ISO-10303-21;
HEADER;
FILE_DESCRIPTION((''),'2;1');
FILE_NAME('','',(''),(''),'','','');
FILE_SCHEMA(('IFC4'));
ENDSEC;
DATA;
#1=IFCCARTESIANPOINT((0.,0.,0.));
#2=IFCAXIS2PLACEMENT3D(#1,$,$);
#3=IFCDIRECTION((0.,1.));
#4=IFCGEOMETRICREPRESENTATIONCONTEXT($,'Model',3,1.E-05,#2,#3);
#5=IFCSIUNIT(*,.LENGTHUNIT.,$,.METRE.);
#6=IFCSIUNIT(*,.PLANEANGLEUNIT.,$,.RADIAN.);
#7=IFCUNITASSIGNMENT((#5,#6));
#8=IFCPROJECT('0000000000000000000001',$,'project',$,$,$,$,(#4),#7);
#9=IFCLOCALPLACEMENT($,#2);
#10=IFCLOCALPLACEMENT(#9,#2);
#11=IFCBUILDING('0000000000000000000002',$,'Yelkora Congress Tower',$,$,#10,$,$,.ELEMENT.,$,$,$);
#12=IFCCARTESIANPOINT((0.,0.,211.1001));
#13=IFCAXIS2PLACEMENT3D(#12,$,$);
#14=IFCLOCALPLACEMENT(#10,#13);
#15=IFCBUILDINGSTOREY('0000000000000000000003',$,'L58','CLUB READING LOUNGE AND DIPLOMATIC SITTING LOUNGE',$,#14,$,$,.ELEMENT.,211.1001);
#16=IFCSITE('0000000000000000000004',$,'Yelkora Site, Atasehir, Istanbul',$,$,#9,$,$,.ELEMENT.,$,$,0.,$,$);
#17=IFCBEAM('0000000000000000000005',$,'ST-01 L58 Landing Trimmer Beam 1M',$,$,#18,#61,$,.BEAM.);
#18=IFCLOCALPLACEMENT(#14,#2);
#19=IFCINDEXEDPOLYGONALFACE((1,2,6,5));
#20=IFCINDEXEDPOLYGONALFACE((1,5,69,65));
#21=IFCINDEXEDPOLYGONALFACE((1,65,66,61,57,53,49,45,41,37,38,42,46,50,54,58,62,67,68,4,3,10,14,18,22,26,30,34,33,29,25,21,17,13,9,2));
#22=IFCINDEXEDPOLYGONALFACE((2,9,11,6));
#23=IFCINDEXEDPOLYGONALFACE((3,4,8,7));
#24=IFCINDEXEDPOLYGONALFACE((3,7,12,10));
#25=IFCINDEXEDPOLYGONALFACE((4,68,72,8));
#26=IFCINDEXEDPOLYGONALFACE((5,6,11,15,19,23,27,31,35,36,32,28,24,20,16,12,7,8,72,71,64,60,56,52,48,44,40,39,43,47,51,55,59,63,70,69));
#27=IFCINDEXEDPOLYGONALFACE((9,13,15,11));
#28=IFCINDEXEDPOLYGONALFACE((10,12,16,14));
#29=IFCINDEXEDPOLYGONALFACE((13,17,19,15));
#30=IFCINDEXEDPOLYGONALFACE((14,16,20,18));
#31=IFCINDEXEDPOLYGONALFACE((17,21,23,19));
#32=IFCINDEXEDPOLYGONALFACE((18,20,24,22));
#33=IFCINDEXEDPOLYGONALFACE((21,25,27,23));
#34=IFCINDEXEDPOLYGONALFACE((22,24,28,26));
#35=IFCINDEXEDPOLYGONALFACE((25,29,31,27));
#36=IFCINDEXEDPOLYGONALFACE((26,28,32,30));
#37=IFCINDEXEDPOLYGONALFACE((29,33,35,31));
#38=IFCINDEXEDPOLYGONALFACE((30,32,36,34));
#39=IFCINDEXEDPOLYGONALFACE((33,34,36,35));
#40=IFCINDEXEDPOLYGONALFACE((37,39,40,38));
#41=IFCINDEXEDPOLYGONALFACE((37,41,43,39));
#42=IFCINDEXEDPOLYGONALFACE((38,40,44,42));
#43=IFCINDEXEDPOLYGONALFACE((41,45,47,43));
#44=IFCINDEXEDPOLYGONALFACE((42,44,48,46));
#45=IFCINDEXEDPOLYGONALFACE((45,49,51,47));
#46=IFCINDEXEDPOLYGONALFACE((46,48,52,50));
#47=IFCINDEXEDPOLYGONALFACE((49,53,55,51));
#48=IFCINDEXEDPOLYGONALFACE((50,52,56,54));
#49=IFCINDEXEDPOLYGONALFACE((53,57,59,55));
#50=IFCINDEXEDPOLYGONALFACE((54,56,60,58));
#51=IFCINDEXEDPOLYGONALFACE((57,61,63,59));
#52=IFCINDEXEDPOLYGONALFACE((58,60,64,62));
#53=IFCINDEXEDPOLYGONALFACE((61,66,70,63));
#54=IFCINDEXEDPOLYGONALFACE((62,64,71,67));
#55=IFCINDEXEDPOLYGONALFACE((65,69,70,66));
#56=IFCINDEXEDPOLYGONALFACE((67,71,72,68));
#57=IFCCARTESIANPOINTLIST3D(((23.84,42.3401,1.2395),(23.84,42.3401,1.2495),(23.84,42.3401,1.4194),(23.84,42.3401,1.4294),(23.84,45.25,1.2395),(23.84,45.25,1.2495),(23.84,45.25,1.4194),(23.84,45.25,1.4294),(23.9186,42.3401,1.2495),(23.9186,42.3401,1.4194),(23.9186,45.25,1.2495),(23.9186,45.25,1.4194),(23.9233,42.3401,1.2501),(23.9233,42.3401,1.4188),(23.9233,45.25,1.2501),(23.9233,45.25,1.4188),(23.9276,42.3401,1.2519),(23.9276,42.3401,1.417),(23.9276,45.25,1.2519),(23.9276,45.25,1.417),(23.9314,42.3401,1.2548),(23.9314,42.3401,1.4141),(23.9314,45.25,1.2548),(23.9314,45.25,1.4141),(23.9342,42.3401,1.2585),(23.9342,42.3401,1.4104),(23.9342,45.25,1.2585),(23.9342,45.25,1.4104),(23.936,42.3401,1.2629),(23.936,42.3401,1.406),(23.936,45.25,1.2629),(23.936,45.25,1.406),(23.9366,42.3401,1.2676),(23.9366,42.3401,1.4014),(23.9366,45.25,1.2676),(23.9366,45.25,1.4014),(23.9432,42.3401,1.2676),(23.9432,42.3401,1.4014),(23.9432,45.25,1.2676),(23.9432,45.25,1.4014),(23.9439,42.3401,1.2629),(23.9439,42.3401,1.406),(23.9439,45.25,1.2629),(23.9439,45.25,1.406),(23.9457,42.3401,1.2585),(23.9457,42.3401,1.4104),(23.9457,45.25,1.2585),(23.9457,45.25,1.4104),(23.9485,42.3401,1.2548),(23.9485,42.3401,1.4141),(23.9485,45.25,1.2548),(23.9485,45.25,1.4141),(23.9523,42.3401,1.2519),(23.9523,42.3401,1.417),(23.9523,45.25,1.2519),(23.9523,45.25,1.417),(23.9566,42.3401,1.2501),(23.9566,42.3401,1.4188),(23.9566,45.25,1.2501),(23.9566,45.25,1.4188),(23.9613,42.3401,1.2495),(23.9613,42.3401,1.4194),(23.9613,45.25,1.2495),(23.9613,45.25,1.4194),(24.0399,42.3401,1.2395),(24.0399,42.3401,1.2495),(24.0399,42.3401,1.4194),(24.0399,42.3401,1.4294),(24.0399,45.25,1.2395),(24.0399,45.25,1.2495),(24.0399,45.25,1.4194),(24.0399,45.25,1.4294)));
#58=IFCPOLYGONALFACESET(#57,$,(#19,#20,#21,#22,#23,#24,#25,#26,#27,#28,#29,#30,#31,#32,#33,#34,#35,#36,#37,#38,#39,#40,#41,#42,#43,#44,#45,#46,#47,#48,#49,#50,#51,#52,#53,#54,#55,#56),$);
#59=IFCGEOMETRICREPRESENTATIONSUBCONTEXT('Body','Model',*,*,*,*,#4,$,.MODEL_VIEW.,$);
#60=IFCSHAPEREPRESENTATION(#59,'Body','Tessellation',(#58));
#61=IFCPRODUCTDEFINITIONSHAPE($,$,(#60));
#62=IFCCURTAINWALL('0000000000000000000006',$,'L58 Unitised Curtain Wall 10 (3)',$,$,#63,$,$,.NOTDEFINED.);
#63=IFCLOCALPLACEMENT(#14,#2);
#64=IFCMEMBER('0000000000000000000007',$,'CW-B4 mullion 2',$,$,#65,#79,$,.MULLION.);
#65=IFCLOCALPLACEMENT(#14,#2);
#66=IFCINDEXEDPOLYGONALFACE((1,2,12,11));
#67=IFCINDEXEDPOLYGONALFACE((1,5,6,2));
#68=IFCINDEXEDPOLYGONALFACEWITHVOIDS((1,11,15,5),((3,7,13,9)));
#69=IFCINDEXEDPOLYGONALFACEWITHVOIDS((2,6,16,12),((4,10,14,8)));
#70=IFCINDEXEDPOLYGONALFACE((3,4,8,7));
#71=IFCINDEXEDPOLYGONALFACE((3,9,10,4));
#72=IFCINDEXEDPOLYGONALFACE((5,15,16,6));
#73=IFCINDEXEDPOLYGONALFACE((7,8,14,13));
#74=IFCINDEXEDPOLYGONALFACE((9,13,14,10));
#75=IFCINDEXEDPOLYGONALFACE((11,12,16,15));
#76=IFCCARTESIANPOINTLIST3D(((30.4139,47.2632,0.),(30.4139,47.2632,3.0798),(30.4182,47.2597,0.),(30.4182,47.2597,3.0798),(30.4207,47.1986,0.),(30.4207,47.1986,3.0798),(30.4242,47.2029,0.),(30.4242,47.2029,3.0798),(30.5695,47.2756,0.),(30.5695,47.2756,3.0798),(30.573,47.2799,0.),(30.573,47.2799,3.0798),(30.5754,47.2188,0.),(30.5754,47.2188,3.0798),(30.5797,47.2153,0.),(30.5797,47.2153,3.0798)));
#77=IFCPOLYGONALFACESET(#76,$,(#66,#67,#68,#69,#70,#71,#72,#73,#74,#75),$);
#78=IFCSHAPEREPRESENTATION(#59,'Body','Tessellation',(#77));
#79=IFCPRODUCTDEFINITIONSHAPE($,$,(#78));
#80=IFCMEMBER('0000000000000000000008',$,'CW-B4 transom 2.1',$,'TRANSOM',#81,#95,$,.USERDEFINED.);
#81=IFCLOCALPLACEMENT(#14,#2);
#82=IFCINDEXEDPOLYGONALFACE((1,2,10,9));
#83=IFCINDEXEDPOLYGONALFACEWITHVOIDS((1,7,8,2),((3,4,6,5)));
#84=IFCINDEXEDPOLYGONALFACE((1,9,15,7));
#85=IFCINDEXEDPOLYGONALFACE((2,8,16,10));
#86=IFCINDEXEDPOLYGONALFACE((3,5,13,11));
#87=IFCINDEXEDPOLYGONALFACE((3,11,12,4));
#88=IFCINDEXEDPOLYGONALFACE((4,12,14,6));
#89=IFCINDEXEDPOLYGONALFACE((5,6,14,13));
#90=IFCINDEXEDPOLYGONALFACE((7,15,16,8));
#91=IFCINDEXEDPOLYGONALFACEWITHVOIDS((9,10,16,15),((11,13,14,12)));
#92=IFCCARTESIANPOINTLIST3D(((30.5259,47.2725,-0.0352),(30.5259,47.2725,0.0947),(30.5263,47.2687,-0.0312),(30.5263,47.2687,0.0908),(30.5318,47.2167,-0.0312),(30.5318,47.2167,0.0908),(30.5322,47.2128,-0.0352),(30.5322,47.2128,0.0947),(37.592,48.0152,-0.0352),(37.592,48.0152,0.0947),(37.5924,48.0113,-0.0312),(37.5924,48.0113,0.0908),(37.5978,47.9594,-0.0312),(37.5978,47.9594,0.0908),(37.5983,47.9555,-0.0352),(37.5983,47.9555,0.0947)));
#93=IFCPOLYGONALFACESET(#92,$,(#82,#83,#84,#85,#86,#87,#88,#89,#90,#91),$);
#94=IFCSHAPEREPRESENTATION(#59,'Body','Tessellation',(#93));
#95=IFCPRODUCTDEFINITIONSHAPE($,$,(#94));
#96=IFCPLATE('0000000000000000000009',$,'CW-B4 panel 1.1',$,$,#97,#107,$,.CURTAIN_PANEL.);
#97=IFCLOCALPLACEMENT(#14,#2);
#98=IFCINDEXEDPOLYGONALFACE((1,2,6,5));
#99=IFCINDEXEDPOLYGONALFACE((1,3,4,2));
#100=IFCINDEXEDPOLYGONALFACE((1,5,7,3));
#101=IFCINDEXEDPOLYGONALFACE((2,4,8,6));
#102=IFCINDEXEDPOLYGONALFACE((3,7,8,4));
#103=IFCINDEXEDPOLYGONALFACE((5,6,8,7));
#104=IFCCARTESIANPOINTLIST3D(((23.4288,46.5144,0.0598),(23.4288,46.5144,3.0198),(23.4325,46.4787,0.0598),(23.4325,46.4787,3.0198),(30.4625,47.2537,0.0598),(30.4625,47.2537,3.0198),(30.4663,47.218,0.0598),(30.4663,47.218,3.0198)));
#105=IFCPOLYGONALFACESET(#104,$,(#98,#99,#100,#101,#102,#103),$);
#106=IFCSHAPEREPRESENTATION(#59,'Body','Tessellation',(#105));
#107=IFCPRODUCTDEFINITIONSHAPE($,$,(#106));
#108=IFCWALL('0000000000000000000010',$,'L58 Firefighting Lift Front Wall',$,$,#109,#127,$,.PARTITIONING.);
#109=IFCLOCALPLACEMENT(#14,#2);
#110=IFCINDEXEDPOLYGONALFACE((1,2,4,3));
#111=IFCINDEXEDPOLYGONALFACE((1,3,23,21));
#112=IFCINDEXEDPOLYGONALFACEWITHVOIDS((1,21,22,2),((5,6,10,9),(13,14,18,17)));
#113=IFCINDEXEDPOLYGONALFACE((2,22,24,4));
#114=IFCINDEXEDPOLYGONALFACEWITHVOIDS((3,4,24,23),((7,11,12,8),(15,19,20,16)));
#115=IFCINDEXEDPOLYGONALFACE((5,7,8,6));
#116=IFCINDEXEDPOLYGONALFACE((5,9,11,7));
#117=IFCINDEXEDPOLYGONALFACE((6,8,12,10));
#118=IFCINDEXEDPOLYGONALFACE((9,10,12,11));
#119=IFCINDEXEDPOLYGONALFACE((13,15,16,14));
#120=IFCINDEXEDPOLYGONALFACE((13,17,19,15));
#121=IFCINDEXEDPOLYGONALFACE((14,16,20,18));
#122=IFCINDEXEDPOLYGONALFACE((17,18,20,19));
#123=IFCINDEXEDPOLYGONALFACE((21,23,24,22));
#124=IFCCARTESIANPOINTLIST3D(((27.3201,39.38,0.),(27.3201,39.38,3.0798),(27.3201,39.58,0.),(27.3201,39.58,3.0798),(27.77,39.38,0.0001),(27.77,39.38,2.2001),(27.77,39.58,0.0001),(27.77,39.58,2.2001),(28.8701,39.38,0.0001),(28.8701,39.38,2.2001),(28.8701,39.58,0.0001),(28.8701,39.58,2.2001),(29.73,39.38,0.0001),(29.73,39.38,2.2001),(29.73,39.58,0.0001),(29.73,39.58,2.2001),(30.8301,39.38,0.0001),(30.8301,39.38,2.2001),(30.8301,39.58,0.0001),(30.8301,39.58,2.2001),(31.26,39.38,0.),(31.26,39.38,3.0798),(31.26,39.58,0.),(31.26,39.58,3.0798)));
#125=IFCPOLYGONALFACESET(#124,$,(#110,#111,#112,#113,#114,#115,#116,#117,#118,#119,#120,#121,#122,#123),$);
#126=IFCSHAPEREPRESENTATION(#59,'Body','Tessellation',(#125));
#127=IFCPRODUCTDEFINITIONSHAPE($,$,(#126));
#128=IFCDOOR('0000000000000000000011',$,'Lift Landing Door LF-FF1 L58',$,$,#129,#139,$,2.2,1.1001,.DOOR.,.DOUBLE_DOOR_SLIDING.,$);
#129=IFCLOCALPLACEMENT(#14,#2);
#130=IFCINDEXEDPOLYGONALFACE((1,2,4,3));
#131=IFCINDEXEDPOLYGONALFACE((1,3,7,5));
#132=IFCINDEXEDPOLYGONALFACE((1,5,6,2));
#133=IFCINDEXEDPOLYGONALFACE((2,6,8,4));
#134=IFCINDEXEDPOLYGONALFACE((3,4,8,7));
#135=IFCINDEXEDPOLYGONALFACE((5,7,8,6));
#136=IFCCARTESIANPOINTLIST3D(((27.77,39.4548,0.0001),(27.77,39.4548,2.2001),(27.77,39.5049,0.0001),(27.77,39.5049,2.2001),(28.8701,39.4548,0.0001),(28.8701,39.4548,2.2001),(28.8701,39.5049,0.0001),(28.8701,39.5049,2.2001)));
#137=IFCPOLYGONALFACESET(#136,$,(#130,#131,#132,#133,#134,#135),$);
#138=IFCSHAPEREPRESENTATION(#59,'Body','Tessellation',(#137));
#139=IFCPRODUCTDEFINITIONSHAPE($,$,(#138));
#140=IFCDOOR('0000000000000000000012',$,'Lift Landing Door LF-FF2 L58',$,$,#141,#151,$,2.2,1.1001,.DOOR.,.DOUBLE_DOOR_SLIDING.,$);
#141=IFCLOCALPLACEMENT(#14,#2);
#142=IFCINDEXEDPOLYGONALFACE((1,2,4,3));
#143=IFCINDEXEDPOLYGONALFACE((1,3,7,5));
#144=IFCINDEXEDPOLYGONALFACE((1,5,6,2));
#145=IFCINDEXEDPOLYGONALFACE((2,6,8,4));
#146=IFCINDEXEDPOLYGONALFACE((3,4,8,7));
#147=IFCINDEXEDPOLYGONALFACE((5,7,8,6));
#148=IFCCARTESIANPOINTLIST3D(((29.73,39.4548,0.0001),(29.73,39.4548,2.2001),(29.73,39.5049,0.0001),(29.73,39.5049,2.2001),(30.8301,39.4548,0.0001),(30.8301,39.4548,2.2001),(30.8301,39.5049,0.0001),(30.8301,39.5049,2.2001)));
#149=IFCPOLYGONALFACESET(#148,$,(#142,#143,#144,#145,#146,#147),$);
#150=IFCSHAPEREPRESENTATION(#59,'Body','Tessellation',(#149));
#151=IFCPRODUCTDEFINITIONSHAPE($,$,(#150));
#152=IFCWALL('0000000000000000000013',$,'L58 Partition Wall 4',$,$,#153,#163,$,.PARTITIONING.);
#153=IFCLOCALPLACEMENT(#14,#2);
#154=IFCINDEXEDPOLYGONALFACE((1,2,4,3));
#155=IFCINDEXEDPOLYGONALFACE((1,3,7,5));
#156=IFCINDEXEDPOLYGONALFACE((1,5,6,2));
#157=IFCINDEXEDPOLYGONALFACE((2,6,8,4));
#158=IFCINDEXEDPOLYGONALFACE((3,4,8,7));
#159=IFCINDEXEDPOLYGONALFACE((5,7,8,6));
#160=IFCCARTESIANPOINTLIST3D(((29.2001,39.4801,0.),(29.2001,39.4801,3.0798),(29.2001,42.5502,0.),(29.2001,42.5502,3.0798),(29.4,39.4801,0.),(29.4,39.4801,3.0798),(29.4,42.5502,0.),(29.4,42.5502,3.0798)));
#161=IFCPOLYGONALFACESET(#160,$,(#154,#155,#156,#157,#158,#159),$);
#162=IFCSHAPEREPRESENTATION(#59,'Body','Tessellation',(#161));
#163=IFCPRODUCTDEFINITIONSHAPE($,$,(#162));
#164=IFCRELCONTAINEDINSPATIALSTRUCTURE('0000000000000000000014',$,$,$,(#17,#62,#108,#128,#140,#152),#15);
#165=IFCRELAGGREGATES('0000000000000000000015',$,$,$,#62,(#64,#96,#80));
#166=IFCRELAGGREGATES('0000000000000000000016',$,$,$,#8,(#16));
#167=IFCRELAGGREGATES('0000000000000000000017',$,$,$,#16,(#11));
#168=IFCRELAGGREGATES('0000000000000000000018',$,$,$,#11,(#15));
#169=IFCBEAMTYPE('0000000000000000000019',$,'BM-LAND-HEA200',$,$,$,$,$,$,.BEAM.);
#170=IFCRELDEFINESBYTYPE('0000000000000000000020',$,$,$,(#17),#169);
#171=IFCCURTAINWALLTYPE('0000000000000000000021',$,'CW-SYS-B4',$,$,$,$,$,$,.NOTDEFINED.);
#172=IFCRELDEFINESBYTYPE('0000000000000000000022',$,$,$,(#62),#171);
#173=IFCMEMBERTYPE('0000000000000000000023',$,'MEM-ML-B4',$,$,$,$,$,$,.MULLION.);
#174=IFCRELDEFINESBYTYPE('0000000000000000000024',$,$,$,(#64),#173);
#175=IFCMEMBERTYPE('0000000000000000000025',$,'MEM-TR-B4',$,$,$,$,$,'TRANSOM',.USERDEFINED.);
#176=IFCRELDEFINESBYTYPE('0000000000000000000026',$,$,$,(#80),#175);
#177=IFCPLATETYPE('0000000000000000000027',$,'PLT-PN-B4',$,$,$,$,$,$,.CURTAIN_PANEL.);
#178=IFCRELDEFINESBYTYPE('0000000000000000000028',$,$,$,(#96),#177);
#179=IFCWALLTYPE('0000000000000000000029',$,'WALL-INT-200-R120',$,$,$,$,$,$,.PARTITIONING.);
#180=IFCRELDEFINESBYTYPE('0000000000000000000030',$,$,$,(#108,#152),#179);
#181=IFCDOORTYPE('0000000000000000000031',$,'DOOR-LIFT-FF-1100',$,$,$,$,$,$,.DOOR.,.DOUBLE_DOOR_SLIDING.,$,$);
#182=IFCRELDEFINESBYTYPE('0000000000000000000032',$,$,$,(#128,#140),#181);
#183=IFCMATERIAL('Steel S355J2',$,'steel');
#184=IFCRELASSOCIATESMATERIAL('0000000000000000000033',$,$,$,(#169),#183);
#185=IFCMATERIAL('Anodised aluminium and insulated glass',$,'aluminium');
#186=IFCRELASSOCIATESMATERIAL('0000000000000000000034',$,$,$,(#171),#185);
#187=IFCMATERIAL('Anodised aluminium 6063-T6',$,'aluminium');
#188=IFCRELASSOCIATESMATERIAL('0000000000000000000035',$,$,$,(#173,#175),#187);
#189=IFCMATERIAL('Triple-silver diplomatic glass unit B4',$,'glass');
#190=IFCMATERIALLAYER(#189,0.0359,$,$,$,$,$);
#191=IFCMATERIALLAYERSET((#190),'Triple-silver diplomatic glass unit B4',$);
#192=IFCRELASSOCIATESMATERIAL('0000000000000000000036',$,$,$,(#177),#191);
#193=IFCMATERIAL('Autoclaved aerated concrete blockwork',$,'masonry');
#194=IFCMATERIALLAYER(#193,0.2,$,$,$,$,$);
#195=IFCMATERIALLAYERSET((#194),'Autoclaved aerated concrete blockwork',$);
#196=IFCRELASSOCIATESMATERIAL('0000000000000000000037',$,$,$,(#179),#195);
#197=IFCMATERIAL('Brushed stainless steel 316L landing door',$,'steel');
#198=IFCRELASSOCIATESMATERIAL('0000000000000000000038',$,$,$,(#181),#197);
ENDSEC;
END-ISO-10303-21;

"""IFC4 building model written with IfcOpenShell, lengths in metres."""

from ifc_helpers import new_model, si_unit, direction, frame, frame_2d, origin, origin_2d, place, context, subcontext, project, spatial, rectangle, hollow_rectangle, i_section, extrude, material, layer, layer_set, material_profile, profile_set, type_object, element, fill, aggregate, save


model = new_model("IFC4")

# Units and contexts
model_context = context("Model", 3, precision=1e-05, world=origin(), true_north=direction((0.0, 1.0)))
body_context = subcontext(model_context, "Body", "Model", "MODEL_VIEW")
ifc_project = project(units=[si_unit("LENGTHUNIT", "METRE"), si_unit("PLANEANGLEUNIT", "RADIAN")], contexts=[model_context])

# Site, building, storey
site_placement = place(None, origin())
site = spatial("IfcSite", under=ifc_project, at=site_placement, Name="Yelkora Site, Atasehir, Istanbul", CompositionType="ELEMENT", RefElevation=0.0)
building_placement = place(site_placement, origin())
building = spatial("IfcBuilding", under=site, at=building_placement, Name="Yelkora Congress Tower", CompositionType="ELEMENT")
storey_placement = place(building_placement, frame((0.0, 0.0, 211.1001)))
storey = spatial("IfcBuildingStorey", under=building, at=storey_placement, Name="L58", Description="CLUB READING LOUNGE AND DIPLOMATIC SITTING LOUNGE", CompositionType="ELEMENT", Elevation=211.1001)

# Beam
ifc_material_1 = material(Name="Steel S355J2", Category="steel")
ifc_material_profile_1 = material_profile(ifc_material_1, i_section(OverallWidth=0.2, OverallDepth=0.1899, WebThickness=0.0066, FlangeThickness=0.01, FilletRadius=0.0181, at=origin_2d()), Name="HEA 200")
ifc_profile_set_1 = profile_set([ifc_material_profile_1], Name="Steel S355J2")
beam_type = type_object("IfcBeamType", Name="BM-LAND-HEA200", PredefinedType="BEAM", material=ifc_profile_set_1)
beam_placement = place(storey_placement, frame((23.9399, 42.3401, 1.3345), z_axis=(0.0, 1.0, 0.0), x_axis=(-1.0, 0.0, 0.0)))
element("IfcBeam", 1, at=beam_placement, inside=storey, type_object=beam_type, Name="ST-01 L58 Landing Trimmer Beam 1M", PredefinedType="BEAM", context=body_context, shape_type="SweptSolid", body=[
    extrude(i_section(OverallWidth=0.2, OverallDepth=0.1899, WebThickness=0.0066, FlangeThickness=0.01, FilletRadius=0.0181, at=origin_2d()), origin(), (0.0, 0.0, 1.0), 2.9099),
])

# Curtain wall, members, plate
ifc_material_2 = material(Name="Anodised aluminium and insulated glass", Category="aluminium")
curtain_wall_type = type_object("IfcCurtainWallType", Name="CW-SYS-B4", PredefinedType="NOTDEFINED", material=ifc_material_2)
curtain_wall_placement = place(storey_placement, origin())
curtain_wall = element("IfcCurtainWall", 2, at=curtain_wall_placement, inside=storey, type_object=curtain_wall_type, Name="L58 Unitised Curtain Wall 10 (3)", PredefinedType="NOTDEFINED")
ifc_material_3 = material(Name="Anodised aluminium 6063-T6", Category="aluminium")
ifc_material_profile_2 = material_profile(ifc_material_3, hollow_rectangle(XDim=0.0649, YDim=0.1599, WallThickness=0.0039, at=origin_2d()), Name="ALU 65x160x4")
ifc_profile_set_2 = profile_set([ifc_material_profile_2], Name="Anodised aluminium 6063-T6")
member_type_1 = type_object("IfcMemberType", Name="MEM-ML-B4", PredefinedType="MULLION", material=ifc_profile_set_2)
member_1_placement = place(storey_placement, frame((30.4968, 47.2393, 0.0), z_axis=(0.0, 0.0, 1.0), x_axis=(-0.104528, 0.994522, 0.0)))
member_1 = element("IfcMember", 3, at=member_1_placement, type_object=member_type_1, Name="CW-B4 mullion 2", PredefinedType="MULLION", context=body_context, shape_type="SweptSolid", body=[
    extrude(hollow_rectangle(XDim=0.0649, YDim=0.1599, WallThickness=0.0039, at=origin_2d()), origin(), (0.0, 0.0, 1.0), 3.0798),
])
ifc_material_profile_3 = material_profile(ifc_material_3, hollow_rectangle(XDim=0.0601, YDim=0.1299, WallThickness=0.0039, at=origin_2d()), Name="ALU 60x130x4")
ifc_profile_set_3 = profile_set([ifc_material_profile_3], Name="Anodised aluminium 6063-T6")
member_type_2 = type_object("IfcMemberType", Name="MEM-TR-B4", ElementType="TRANSOM", PredefinedType="USERDEFINED", material=ifc_profile_set_3)
member_2_placement = place(storey_placement, frame((30.5291, 47.2427, 0.0298), z_axis=(0.994522, 0.104527, 0.0), x_axis=(-0.104527, 0.994522, 0.0)))
member_2 = element("IfcMember", 4, at=member_2_placement, type_object=member_type_2, Name="CW-B4 transom 2.1", ObjectType="TRANSOM", PredefinedType="USERDEFINED", context=body_context, shape_type="SweptSolid", body=[
    extrude(hollow_rectangle(XDim=0.0601, YDim=0.1299, WallThickness=0.0039, at=origin_2d()), origin(), (0.0, 0.0, 1.0), 7.105),
])
ifc_material_4 = material(Name="Triple-silver diplomatic glass unit B4", Category="glass")
ifc_layer_1 = layer(ifc_material_4, 0.0359)
ifc_layer_set_1 = layer_set([ifc_layer_1], Name="Triple-silver diplomatic glass unit B4")
plate_type = type_object("IfcPlateType", Name="PLT-PN-B4", PredefinedType="CURTAIN_PANEL", material=ifc_layer_set_1)
plate_placement = place(storey_placement, frame((26.9475, 46.8662, 0.0598), z_axis=(0.0, 0.0, 1.0), x_axis=(0.994522, 0.104528, 0.0)))
plate = element("IfcPlate", 5, at=plate_placement, type_object=plate_type, Name="CW-B4 panel 1.1", PredefinedType="CURTAIN_PANEL", context=body_context, shape_type="SweptSolid", body=[
    extrude(rectangle(XDim=7.0725, YDim=0.0359, at=origin_2d()), origin(), (0.0, 0.0, 1.0), 2.96),
])
aggregate(curtain_wall, [member_1, plate, member_2])

# Shared definitions
ifc_material_5 = material(Name="Autoclaved aerated concrete blockwork", Category="masonry")
ifc_layer_2 = layer(ifc_material_5, 0.2)
ifc_layer_set_2 = layer_set([ifc_layer_2], Name="Autoclaved aerated concrete blockwork")
wall_type_1 = type_object("IfcWallType", Name="WALL-INT-200-R120", PredefinedType="PARTITIONING", material=ifc_layer_set_2)

# Wall, openings, doors
wall_1_placement = place(storey_placement, frame((27.3201, 39.48, 0.0), z_axis=(0.0, 0.0, 1.0), x_axis=(1.0, 0.0, 0.0)))
wall_1 = element("IfcWall", 6, at=wall_1_placement, inside=storey, type_object=wall_type_1, Name="L58 Firefighting Lift Front Wall", PredefinedType="PARTITIONING", context=body_context, shape_type="SweptSolid", body=[
    extrude(rectangle(XDim=3.9399, YDim=0.2, at=frame_2d((1.97, 0.0))), origin(), (0.0, 0.0, 1.0), 3.0798),
])
opening_1_placement = place(wall_1_placement, frame((0.45, 0.0, 0.0)))
opening_1 = element("IfcOpeningElement", 7, at=opening_1_placement, cuts=wall_1, PredefinedType="OPENING", context=body_context, shape_type="SweptSolid", body=[
    extrude(rectangle(XDim=1.1001, YDim=2.2, at=frame_2d((0.55, 1.1001))), frame((0.0, 0.1099, 0.0), z_axis=(0.0, -1.0, 0.0), x_axis=(1.0, 0.0, 0.0)), (0.0, 0.0, 1.0), 0.22),
])
opening_2_placement = place(wall_1_placement, frame((2.4099, 0.0, 0.0)))
opening_2 = element("IfcOpeningElement", 8, at=opening_2_placement, cuts=wall_1, PredefinedType="OPENING", context=body_context, shape_type="SweptSolid", body=[
    extrude(rectangle(XDim=1.1001, YDim=2.2, at=frame_2d((0.55, 1.1001))), frame((0.0, 0.1099, 0.0), z_axis=(0.0, -1.0, 0.0), x_axis=(1.0, 0.0, 0.0)), (0.0, 0.0, 1.0), 0.22),
])
ifc_material_6 = material(Name="Brushed stainless steel 316L landing door", Category="steel")
door_type_1 = type_object("IfcDoorType", Name="DOOR-LIFT-FF-1100", OperationType="DOUBLE_DOOR_SLIDING", PredefinedType="DOOR", material=ifc_material_6)
door_1_placement = place(opening_1_placement, origin())
door_1 = element("IfcDoor", 9, at=door_1_placement, inside=storey, type_object=door_type_1, Name="Lift Landing Door LF-FF1 L58", OperationType="DOUBLE_DOOR_SLIDING", OverallHeight=2.2, OverallWidth=1.1001, PredefinedType="DOOR", context=body_context, shape_type="SweptSolid", body=[
    extrude(rectangle(XDim=1.1001, YDim=2.2, at=frame_2d((0.55, 1.1001))), frame((0.0, 0.0249, 0.0), z_axis=(0.0, -1.0, 0.0), x_axis=(1.0, 0.0, 0.0)), (0.0, 0.0, 1.0), 0.05),
])
fill(opening_1, door_1)
door_2_placement = place(opening_2_placement, origin())
door_2 = element("IfcDoor", 10, at=door_2_placement, inside=storey, type_object=door_type_1, Name="Lift Landing Door LF-FF2 L58", OperationType="DOUBLE_DOOR_SLIDING", OverallHeight=2.2, OverallWidth=1.1001, PredefinedType="DOOR", context=body_context, shape_type="SweptSolid", body=[
    extrude(rectangle(XDim=1.1001, YDim=2.2, at=frame_2d((0.55, 1.1001))), frame((0.0, 0.0249, 0.0), z_axis=(0.0, -1.0, 0.0), x_axis=(1.0, 0.0, 0.0)), (0.0, 0.0, 1.0), 0.05),
])
fill(opening_2, door_2)

# Wall
wall_2_placement = place(storey_placement, frame((29.3, 39.48, 0.0), z_axis=(0.0, 0.0, 1.0), x_axis=(0.0, 1.0, 0.0)))
element("IfcWall", 11, at=wall_2_placement, inside=storey, type_object=wall_type_1, Name="L58 Partition Wall 4", PredefinedType="PARTITIONING", context=body_context, shape_type="SweptSolid", body=[
    extrude(rectangle(XDim=3.0701, YDim=0.2, at=frame_2d((1.5352, 0.0))), origin(), (0.0, 0.0, 1.0), 3.0798),
])

save(model, "model.ifc")
